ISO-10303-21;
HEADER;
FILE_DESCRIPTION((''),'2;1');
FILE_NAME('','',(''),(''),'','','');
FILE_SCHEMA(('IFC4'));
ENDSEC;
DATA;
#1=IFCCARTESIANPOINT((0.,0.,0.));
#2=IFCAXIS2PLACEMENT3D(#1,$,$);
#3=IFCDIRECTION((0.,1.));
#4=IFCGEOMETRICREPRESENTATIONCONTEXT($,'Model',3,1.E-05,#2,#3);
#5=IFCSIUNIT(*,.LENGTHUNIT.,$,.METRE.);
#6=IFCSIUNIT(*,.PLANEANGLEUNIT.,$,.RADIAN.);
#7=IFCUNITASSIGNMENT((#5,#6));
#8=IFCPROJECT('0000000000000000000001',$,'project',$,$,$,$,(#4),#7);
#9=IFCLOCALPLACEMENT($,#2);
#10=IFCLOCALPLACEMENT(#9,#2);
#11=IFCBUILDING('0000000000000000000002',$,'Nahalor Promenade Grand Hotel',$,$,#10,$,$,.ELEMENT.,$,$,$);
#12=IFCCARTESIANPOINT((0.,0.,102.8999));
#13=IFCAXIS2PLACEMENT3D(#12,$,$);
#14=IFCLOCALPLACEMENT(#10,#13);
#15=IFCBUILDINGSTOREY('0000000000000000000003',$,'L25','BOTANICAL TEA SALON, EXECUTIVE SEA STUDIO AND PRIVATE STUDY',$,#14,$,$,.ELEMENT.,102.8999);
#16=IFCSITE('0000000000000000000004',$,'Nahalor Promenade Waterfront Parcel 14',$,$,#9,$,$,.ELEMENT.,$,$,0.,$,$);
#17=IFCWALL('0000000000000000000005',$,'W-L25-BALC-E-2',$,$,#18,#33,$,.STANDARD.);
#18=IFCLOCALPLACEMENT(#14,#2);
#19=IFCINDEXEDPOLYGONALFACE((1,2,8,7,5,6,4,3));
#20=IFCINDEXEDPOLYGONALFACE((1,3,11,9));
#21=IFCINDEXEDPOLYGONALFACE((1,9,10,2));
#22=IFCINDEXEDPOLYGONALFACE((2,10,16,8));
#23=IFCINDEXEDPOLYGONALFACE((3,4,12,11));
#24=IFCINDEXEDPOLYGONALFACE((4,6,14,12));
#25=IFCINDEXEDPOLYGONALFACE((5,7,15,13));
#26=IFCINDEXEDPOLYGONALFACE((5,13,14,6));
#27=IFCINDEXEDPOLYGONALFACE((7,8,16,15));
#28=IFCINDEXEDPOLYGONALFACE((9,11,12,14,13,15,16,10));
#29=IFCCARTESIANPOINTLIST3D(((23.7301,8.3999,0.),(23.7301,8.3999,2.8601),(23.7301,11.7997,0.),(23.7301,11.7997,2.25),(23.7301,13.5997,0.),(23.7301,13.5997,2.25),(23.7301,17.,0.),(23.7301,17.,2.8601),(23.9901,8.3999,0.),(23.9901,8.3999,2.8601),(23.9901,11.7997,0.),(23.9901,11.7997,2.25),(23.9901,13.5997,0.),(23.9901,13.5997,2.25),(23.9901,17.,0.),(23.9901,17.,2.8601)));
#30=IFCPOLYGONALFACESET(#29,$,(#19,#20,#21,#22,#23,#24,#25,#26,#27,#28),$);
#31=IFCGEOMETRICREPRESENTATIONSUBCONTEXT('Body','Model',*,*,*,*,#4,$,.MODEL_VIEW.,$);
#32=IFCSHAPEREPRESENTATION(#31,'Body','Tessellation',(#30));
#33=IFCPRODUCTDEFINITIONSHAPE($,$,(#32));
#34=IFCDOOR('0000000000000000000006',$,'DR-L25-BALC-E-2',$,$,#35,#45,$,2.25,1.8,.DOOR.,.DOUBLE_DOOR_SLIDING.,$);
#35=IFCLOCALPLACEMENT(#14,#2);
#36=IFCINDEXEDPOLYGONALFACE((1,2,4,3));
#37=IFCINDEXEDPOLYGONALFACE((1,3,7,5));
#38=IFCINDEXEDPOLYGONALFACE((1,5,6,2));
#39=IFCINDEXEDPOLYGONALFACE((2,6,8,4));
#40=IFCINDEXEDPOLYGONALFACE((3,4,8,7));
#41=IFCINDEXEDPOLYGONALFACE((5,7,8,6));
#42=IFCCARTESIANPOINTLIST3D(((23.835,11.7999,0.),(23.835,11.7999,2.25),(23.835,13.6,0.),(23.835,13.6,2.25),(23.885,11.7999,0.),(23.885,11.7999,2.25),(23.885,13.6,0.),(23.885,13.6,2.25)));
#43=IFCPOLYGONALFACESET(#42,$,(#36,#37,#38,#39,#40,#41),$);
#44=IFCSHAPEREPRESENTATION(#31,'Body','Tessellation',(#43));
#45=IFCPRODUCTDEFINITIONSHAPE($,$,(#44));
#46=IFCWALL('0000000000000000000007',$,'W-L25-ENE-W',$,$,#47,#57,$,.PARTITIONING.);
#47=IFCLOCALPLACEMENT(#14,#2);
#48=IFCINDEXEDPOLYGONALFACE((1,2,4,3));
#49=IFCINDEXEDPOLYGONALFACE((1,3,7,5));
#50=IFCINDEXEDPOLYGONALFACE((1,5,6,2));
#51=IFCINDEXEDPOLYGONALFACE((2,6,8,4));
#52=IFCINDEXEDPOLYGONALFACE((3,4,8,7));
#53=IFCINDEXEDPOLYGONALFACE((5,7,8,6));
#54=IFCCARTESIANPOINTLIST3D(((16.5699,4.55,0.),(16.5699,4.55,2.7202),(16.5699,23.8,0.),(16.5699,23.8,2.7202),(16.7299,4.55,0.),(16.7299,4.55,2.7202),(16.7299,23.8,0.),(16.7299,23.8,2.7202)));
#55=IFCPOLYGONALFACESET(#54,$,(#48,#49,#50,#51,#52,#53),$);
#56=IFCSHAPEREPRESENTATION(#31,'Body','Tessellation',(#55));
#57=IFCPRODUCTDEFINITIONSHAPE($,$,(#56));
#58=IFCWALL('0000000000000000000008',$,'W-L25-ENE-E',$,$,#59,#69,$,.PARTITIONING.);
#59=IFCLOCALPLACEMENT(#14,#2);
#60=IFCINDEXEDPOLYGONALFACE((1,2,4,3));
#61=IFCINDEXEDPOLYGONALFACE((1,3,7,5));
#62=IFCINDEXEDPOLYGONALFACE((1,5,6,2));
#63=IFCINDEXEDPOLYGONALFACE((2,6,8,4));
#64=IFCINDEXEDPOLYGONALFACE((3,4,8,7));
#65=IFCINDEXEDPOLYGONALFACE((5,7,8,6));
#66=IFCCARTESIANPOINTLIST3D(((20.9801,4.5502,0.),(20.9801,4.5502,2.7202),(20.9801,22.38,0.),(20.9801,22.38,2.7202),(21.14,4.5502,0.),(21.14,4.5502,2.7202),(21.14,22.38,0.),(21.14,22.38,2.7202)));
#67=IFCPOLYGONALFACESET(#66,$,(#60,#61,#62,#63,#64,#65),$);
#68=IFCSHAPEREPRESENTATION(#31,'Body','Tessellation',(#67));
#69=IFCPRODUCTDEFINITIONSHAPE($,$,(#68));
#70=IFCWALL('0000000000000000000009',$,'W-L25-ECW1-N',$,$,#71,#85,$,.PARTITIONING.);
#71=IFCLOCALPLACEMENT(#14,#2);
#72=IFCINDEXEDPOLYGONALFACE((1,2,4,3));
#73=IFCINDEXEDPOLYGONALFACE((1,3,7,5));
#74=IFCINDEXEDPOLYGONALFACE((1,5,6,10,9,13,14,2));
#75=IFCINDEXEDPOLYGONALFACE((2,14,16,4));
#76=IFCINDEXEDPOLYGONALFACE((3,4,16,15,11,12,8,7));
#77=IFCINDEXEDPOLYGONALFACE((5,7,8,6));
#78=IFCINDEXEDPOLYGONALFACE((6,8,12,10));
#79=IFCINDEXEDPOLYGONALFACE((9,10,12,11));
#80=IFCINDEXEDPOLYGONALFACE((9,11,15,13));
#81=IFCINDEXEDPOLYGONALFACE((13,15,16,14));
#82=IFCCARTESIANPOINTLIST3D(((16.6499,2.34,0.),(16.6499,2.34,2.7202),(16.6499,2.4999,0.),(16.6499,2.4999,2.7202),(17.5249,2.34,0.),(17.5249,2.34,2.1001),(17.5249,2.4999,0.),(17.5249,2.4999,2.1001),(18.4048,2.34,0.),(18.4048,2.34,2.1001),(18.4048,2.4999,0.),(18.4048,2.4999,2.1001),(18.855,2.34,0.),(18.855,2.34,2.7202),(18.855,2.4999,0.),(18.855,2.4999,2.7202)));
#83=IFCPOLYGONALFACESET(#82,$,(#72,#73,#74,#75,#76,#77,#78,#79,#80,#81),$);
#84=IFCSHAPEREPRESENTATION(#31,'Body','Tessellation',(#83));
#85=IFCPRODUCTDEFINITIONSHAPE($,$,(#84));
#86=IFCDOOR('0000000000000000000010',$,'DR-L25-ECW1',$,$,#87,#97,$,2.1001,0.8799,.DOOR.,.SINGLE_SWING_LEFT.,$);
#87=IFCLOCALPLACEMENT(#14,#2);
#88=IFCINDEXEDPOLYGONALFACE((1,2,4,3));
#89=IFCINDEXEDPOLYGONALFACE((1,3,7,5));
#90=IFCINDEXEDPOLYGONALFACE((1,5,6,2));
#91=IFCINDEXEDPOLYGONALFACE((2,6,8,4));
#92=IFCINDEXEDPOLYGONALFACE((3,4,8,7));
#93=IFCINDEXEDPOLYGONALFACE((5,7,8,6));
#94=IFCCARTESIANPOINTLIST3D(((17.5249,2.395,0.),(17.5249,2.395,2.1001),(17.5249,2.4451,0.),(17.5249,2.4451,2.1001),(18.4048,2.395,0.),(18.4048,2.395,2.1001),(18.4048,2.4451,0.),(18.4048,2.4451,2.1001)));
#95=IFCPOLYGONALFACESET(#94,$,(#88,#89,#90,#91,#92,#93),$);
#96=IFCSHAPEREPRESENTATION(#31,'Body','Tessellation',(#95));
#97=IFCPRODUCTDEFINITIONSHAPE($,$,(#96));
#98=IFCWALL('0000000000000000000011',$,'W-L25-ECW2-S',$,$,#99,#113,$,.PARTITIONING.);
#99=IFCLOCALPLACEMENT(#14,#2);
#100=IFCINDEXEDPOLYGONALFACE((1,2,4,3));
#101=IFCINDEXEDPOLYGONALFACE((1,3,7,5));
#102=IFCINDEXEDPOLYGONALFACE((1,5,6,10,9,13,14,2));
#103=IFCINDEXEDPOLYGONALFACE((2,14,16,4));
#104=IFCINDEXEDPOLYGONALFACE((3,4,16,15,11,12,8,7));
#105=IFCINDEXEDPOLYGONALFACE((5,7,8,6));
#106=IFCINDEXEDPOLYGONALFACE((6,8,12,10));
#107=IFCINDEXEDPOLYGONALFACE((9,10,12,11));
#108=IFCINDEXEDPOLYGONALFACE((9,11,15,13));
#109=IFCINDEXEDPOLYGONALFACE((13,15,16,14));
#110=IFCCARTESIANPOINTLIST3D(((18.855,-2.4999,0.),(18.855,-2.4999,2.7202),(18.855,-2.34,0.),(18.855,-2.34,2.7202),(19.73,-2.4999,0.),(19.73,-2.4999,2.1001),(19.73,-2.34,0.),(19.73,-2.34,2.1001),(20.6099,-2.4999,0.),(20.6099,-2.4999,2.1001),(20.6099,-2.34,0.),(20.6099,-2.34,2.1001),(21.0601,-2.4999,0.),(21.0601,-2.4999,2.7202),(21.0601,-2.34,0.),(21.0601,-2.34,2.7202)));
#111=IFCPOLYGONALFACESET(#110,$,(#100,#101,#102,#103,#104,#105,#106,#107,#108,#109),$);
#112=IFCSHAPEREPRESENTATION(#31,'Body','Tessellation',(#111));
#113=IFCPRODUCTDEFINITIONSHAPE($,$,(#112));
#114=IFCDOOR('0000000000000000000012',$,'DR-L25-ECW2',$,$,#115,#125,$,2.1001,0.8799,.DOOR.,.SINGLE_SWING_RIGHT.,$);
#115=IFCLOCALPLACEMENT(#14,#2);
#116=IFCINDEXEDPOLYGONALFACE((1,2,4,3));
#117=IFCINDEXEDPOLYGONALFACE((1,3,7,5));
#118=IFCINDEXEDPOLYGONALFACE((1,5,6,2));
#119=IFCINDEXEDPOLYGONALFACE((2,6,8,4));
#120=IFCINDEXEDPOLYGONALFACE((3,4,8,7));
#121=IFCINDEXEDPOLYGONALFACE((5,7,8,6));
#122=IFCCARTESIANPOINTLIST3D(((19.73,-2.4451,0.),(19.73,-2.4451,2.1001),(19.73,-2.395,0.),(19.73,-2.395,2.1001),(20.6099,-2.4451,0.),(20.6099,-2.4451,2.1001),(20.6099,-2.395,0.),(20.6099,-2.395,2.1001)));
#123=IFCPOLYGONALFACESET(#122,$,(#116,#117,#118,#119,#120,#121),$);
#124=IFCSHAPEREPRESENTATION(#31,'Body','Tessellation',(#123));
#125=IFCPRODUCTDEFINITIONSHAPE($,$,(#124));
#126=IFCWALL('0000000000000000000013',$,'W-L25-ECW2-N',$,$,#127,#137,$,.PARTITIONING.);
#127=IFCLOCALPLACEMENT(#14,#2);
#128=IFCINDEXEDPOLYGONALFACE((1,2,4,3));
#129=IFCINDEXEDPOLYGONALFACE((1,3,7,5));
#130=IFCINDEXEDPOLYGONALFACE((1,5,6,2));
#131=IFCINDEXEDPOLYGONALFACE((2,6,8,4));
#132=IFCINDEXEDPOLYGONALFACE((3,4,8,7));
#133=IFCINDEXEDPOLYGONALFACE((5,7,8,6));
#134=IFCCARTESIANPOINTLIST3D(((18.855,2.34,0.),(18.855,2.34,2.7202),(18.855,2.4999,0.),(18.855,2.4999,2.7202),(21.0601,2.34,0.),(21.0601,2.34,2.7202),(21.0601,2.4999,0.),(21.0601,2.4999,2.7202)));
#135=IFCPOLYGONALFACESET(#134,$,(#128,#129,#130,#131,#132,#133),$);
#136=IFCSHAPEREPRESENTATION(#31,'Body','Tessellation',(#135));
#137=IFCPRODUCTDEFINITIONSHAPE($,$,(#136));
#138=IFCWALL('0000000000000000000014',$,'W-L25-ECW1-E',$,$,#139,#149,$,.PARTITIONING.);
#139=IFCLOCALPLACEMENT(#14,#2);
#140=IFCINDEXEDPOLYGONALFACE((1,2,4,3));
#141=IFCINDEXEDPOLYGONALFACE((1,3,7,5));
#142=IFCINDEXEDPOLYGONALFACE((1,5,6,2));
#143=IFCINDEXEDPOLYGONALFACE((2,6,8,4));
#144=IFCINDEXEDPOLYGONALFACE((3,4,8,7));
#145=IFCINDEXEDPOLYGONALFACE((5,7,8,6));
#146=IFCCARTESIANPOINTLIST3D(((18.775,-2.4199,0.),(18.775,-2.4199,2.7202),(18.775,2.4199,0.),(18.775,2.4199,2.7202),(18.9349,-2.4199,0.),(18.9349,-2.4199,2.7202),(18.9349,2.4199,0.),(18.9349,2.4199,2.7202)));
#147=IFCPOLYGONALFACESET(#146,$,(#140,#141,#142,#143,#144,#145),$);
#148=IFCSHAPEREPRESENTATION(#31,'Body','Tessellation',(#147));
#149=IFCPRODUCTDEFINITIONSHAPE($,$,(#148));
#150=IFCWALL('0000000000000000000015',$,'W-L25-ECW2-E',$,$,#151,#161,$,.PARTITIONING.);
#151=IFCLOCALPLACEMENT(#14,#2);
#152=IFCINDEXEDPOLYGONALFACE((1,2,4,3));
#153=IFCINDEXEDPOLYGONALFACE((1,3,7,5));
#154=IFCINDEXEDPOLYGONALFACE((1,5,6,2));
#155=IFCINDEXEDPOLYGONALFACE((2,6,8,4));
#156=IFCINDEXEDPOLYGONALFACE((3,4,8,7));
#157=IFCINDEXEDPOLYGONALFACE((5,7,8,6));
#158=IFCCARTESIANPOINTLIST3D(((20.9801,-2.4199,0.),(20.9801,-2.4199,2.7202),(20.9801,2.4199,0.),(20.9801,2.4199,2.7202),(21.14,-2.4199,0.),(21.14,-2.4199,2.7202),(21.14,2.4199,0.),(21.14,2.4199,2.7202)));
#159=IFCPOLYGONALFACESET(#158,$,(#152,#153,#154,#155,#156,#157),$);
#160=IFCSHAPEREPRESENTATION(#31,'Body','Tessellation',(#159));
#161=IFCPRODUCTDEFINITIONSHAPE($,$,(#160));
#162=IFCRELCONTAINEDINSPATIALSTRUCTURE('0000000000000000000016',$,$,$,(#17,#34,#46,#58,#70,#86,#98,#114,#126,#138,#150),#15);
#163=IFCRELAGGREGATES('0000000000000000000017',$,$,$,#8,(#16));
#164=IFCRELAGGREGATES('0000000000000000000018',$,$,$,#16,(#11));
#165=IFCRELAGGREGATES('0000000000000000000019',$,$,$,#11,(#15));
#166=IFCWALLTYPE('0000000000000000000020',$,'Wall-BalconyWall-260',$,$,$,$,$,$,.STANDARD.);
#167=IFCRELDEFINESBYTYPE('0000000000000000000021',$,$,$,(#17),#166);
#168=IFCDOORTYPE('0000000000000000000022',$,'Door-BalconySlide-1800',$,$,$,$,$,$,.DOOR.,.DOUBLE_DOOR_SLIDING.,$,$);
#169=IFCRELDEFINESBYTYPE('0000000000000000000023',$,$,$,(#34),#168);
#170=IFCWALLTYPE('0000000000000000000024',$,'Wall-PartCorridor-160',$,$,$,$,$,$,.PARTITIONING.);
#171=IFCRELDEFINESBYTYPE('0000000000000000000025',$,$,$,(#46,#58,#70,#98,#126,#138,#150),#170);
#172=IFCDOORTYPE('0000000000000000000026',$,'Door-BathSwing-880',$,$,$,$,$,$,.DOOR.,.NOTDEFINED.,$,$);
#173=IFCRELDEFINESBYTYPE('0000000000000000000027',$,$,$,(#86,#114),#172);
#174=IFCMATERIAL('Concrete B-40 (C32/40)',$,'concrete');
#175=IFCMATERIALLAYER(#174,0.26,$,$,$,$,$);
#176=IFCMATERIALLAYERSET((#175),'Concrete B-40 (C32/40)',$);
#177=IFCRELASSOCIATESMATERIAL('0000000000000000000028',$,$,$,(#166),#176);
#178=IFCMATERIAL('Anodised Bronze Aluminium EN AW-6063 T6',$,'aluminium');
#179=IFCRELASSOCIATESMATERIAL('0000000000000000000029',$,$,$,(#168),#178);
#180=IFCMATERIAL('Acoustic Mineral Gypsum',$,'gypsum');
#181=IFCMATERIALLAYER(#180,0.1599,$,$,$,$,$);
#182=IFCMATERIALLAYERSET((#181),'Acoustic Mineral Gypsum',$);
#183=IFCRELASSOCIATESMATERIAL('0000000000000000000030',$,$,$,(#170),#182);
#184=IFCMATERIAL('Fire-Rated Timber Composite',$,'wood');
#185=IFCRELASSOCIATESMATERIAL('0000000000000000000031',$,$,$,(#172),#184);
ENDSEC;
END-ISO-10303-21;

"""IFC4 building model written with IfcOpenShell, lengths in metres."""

from ifc_helpers import new_model, si_unit, direction, frame, frame_2d, origin, place, context, subcontext, project, spatial, rectangle, extrude, source, transform, mapped, material, layer, layer_set, type_object, element, fill, save


model = new_model("IFC4")

# Units and contexts
model_context = context("Model", 3, precision=1e-05, world=origin(), true_north=direction((0.0, 1.0)))
body_context = subcontext(model_context, "Body", "Model", "MODEL_VIEW")
ifc_project = project(units=[si_unit("LENGTHUNIT", "METRE"), si_unit("PLANEANGLEUNIT", "RADIAN")], contexts=[model_context])

# Site, building, storey
site_placement = place(None, origin())
site = spatial("IfcSite", under=ifc_project, at=site_placement, Name="Nahalor Promenade Waterfront Parcel 14", CompositionType="ELEMENT", RefElevation=0.0)
building_placement = place(site_placement, origin())
building = spatial("IfcBuilding", under=site, at=building_placement, Name="Nahalor Promenade Grand Hotel", CompositionType="ELEMENT")
storey_placement = place(building_placement, frame((0.0, 0.0, 102.8999)))
storey = spatial("IfcBuildingStorey", under=building, at=storey_placement, Name="L25", Description="BOTANICAL TEA SALON, EXECUTIVE SEA STUDIO AND PRIVATE STUDY", CompositionType="ELEMENT", Elevation=102.8999)

# Shared definitions
ifc_material_1 = material(Name="Anodised Bronze Aluminium EN AW-6063 T6", Category="aluminium")

# Wall, opening, door
ifc_material_2 = material(Name="Concrete B-40 (C32/40)", Category="concrete")
ifc_layer_1 = layer(ifc_material_2, 0.26)
ifc_layer_set_1 = layer_set([ifc_layer_1], Name="Concrete B-40 (C32/40)")
wall_type_1 = type_object("IfcWallType", Name="Wall-BalconyWall-260", PredefinedType="STANDARD", material=ifc_layer_set_1)
shared_shape_1 = source(origin(), body_context, "Body", "SweptSolid", [
    extrude(rectangle(XDim=8.6001, YDim=0.26, at=frame_2d((4.3, 0.0))), origin(), (0.0, 0.0, 1.0), 2.8601),
])
wall_1_placement = place(storey_placement, frame((23.8601, 8.3999, 0.0), z_axis=(0.0, 0.0, 1.0), x_axis=(0.0, 1.0, 0.0)))
wall_1 = element("IfcWall", 1, at=wall_1_placement, inside=storey, type_object=wall_type_1, Name="W-L25-BALC-E-2", PredefinedType="STANDARD", context=body_context, shape_type="MappedRepresentation", body=[
    mapped(shared_shape_1, transform((0.0, 0.0, 0.0), scale=1.0)),
])
opening_1_placement = place(wall_1_placement, frame((3.3999, 0.0, 0.0)))
opening_1 = element("IfcOpeningElement", 2, at=opening_1_placement, cuts=wall_1, PredefinedType="OPENING", context=body_context, shape_type="SweptSolid", body=[
    extrude(rectangle(XDim=1.8, YDim=2.25, at=frame_2d((0.8999, 1.125))), frame((0.0, 0.1399, 0.0), z_axis=(0.0, -1.0, 0.0), x_axis=(1.0, 0.0, 0.0)), (0.0, 0.0, 1.0), 0.28),
])
door_type_1 = type_object("IfcDoorType", Name="Door-BalconySlide-1800", OperationType="DOUBLE_DOOR_SLIDING", PredefinedType="DOOR", material=ifc_material_1)
shared_shape_2 = source(origin(), body_context, "Body", "SweptSolid", [
    extrude(rectangle(XDim=1.8, YDim=2.25, at=frame_2d((0.8999, 1.125))), frame((0.0, 0.0249, 0.0), z_axis=(0.0, -1.0, 0.0), x_axis=(1.0, 0.0, 0.0)), (0.0, 0.0, 1.0), 0.05),
])
door_1_placement = place(opening_1_placement, frame((1.8, 0.0, 0.0), z_axis=(0.0, 0.0, 1.0), x_axis=(-1.0, 0.0, 0.0)))
door_1 = element("IfcDoor", 3, at=door_1_placement, inside=storey, type_object=door_type_1, Name="DR-L25-BALC-E-2", OperationType="DOUBLE_DOOR_SLIDING", OverallHeight=2.25, OverallWidth=1.8, PredefinedType="DOOR", context=body_context, shape_type="MappedRepresentation", body=[
    mapped(shared_shape_2, transform((0.0, 0.0, 0.0), scale=1.0)),
])
fill(opening_1, door_1)
ifc_material_3 = material(Name="Acoustic Mineral Gypsum", Category="gypsum")
ifc_layer_2 = layer(ifc_material_3, 0.1599)
ifc_layer_set_2 = layer_set([ifc_layer_2], Name="Acoustic Mineral Gypsum")
wall_type_2 = type_object("IfcWallType", Name="Wall-PartCorridor-160", PredefinedType="PARTITIONING", material=ifc_layer_set_2)
ifc_material_4 = material(Name="Fire-Rated Timber Composite", Category="wood")

# Walls
shared_shape_3 = source(origin(), body_context, "Body", "SweptSolid", [
    extrude(rectangle(XDim=19.25, YDim=0.1599, at=frame_2d((9.625, 0.0))), origin(), (0.0, 0.0, 1.0), 2.7202),
])
wall_2_placement = place(storey_placement, frame((16.6499, 4.55, 0.0), z_axis=(0.0, 0.0, 1.0), x_axis=(0.0, 1.0, 0.0)))
element("IfcWall", 4, at=wall_2_placement, inside=storey, type_object=wall_type_2, Name="W-L25-ENE-W", PredefinedType="PARTITIONING", context=body_context, shape_type="MappedRepresentation", body=[
    mapped(shared_shape_3, transform((0.0, 0.0, 0.0), scale=1.0)),
])
shared_shape_4 = source(origin(), body_context, "Body", "SweptSolid", [
    extrude(rectangle(XDim=17.8298, YDim=0.1599, at=frame_2d((8.915, 0.0))), origin(), (0.0, 0.0, 1.0), 2.7202),
])
wall_3_placement = place(storey_placement, frame((21.0601, 4.55, 0.0), z_axis=(0.0, 0.0, 1.0), x_axis=(0.0, 1.0, 0.0)))
element("IfcWall", 5, at=wall_3_placement, inside=storey, type_object=wall_type_2, Name="W-L25-ENE-E", PredefinedType="PARTITIONING", context=body_context, shape_type="MappedRepresentation", body=[
    mapped(shared_shape_4, transform((0.0, 0.0, 0.0), scale=1.0)),
])

# Walls, openings, doors
shared_shape_5 = source(origin(), body_context, "Body", "SweptSolid", [
    extrude(rectangle(XDim=2.2051, YDim=0.1599, at=frame_2d((1.1025, 0.0))), origin(), (0.0, 0.0, 1.0), 2.7202),
])
wall_4_placement = place(storey_placement, frame((16.6499, 2.4199, 0.0), z_axis=(0.0, 0.0, 1.0), x_axis=(1.0, 0.0, 0.0)))
wall_4 = element("IfcWall", 6, at=wall_4_placement, inside=storey, type_object=wall_type_2, Name="W-L25-ECW1-N", PredefinedType="PARTITIONING", context=body_context, shape_type="MappedRepresentation", body=[
    mapped(shared_shape_5, transform((0.0, 0.0, 0.0), scale=1.0)),
])
opening_2_placement = place(wall_4_placement, frame((0.875, 0.0, 0.0)))
opening_2 = element("IfcOpeningElement", 7, at=opening_2_placement, cuts=wall_4, PredefinedType="OPENING", context=body_context, shape_type="SweptSolid", body=[
    extrude(rectangle(XDim=0.8799, YDim=2.1001, at=frame_2d((0.4399, 1.05))), frame((0.0, 0.0898, 0.0), z_axis=(0.0, -1.0, 0.0), x_axis=(1.0, 0.0, 0.0)), (0.0, 0.0, 1.0), 0.1799),
])
door_type_2 = type_object("IfcDoorType", Name="Door-BathSwing-880", OperationType="NOTDEFINED", PredefinedType="DOOR", material=ifc_material_4)
shared_shape_6 = source(origin(), body_context, "Body", "SweptSolid", [
    extrude(rectangle(XDim=0.8799, YDim=2.1001, at=frame_2d((0.4399, 1.05))), frame((0.0, 0.0249, 0.0), z_axis=(0.0, -1.0, 0.0), x_axis=(1.0, 0.0, 0.0)), (0.0, 0.0, 1.0), 0.05),
])
door_2_placement = place(opening_2_placement, frame((0.8799, 0.0, 0.0), z_axis=(0.0, 0.0, 1.0), x_axis=(-1.0, 0.0, 0.0)))
door_2 = element("IfcDoor", 8, at=door_2_placement, inside=storey, type_object=door_type_2, Name="DR-L25-ECW1", OperationType="SINGLE_SWING_LEFT", OverallHeight=2.1001, OverallWidth=0.8799, PredefinedType="DOOR", context=body_context, shape_type="MappedRepresentation", body=[
    mapped(shared_shape_6, transform((0.0, 0.0, 0.0), scale=1.0)),
])
fill(opening_2, door_2)
wall_5_placement = place(storey_placement, frame((18.855, -2.4199, 0.0), z_axis=(0.0, 0.0, 1.0), x_axis=(1.0, 0.0, 0.0)))
wall_5 = element("IfcWall", 9, at=wall_5_placement, inside=storey, type_object=wall_type_2, Name="W-L25-ECW2-S", PredefinedType="PARTITIONING", context=body_context, shape_type="MappedRepresentation", body=[
    mapped(shared_shape_5, transform((0.0, 0.0, 0.0), scale=1.0)),
])
opening_3_placement = place(wall_5_placement, frame((0.875, 0.0, 0.0)))
opening_3 = element("IfcOpeningElement", 10, at=opening_3_placement, cuts=wall_5, PredefinedType="OPENING", context=body_context, shape_type="SweptSolid", body=[
    extrude(rectangle(XDim=0.8799, YDim=2.1001, at=frame_2d((0.4399, 1.05))), frame((0.0, 0.0898, 0.0), z_axis=(0.0, -1.0, 0.0), x_axis=(1.0, 0.0, 0.0)), (0.0, 0.0, 1.0), 0.1799),
])
door_3_placement = place(opening_3_placement, origin())
door_3 = element("IfcDoor", 11, at=door_3_placement, inside=storey, type_object=door_type_2, Name="DR-L25-ECW2", OperationType="SINGLE_SWING_RIGHT", OverallHeight=2.1001, OverallWidth=0.8799, PredefinedType="DOOR", context=body_context, shape_type="MappedRepresentation", body=[
    mapped(shared_shape_6, transform((0.0, 0.0, 0.0), scale=1.0)),
])
fill(opening_3, door_3)

# Walls
wall_6_placement = place(storey_placement, frame((18.855, 2.4199, 0.0), z_axis=(0.0, 0.0, 1.0), x_axis=(1.0, 0.0, 0.0)))
element("IfcWall", 12, at=wall_6_placement, inside=storey, type_object=wall_type_2, Name="W-L25-ECW2-N", PredefinedType="PARTITIONING", context=body_context, shape_type="MappedRepresentation", body=[
    mapped(shared_shape_5, transform((0.0, 0.0, 0.0), scale=1.0)),
])
shared_shape_7 = source(origin(), body_context, "Body", "SweptSolid", [
    extrude(rectangle(XDim=4.8398, YDim=0.1599, at=frame_2d((2.4199, 0.0))), origin(), (0.0, 0.0, 1.0), 2.7202),
])
for number, where, z_axis, x_axis, name in (
    (13, (18.855, -2.4199, 0.0), (0.0, 0.0, 1.0), (0.0, 1.0, 0.0), "W-L25-ECW1-E"),
    (14, (21.0601, -2.4199, 0.0), (0.0, 0.0, 1.0), (0.0, 1.0, 0.0), "W-L25-ECW2-E"),
):
    element("IfcWall", number, at=place(storey_placement, frame(where, z_axis=z_axis, x_axis=x_axis)), inside=storey, type_object=wall_type_2, Name=name, PredefinedType="PARTITIONING", context=body_context, shape_type="MappedRepresentation", body=[
        mapped(shared_shape_7, transform((0.0, 0.0, 0.0), scale=1.0)),
    ])

save(model, "model.ifc")
